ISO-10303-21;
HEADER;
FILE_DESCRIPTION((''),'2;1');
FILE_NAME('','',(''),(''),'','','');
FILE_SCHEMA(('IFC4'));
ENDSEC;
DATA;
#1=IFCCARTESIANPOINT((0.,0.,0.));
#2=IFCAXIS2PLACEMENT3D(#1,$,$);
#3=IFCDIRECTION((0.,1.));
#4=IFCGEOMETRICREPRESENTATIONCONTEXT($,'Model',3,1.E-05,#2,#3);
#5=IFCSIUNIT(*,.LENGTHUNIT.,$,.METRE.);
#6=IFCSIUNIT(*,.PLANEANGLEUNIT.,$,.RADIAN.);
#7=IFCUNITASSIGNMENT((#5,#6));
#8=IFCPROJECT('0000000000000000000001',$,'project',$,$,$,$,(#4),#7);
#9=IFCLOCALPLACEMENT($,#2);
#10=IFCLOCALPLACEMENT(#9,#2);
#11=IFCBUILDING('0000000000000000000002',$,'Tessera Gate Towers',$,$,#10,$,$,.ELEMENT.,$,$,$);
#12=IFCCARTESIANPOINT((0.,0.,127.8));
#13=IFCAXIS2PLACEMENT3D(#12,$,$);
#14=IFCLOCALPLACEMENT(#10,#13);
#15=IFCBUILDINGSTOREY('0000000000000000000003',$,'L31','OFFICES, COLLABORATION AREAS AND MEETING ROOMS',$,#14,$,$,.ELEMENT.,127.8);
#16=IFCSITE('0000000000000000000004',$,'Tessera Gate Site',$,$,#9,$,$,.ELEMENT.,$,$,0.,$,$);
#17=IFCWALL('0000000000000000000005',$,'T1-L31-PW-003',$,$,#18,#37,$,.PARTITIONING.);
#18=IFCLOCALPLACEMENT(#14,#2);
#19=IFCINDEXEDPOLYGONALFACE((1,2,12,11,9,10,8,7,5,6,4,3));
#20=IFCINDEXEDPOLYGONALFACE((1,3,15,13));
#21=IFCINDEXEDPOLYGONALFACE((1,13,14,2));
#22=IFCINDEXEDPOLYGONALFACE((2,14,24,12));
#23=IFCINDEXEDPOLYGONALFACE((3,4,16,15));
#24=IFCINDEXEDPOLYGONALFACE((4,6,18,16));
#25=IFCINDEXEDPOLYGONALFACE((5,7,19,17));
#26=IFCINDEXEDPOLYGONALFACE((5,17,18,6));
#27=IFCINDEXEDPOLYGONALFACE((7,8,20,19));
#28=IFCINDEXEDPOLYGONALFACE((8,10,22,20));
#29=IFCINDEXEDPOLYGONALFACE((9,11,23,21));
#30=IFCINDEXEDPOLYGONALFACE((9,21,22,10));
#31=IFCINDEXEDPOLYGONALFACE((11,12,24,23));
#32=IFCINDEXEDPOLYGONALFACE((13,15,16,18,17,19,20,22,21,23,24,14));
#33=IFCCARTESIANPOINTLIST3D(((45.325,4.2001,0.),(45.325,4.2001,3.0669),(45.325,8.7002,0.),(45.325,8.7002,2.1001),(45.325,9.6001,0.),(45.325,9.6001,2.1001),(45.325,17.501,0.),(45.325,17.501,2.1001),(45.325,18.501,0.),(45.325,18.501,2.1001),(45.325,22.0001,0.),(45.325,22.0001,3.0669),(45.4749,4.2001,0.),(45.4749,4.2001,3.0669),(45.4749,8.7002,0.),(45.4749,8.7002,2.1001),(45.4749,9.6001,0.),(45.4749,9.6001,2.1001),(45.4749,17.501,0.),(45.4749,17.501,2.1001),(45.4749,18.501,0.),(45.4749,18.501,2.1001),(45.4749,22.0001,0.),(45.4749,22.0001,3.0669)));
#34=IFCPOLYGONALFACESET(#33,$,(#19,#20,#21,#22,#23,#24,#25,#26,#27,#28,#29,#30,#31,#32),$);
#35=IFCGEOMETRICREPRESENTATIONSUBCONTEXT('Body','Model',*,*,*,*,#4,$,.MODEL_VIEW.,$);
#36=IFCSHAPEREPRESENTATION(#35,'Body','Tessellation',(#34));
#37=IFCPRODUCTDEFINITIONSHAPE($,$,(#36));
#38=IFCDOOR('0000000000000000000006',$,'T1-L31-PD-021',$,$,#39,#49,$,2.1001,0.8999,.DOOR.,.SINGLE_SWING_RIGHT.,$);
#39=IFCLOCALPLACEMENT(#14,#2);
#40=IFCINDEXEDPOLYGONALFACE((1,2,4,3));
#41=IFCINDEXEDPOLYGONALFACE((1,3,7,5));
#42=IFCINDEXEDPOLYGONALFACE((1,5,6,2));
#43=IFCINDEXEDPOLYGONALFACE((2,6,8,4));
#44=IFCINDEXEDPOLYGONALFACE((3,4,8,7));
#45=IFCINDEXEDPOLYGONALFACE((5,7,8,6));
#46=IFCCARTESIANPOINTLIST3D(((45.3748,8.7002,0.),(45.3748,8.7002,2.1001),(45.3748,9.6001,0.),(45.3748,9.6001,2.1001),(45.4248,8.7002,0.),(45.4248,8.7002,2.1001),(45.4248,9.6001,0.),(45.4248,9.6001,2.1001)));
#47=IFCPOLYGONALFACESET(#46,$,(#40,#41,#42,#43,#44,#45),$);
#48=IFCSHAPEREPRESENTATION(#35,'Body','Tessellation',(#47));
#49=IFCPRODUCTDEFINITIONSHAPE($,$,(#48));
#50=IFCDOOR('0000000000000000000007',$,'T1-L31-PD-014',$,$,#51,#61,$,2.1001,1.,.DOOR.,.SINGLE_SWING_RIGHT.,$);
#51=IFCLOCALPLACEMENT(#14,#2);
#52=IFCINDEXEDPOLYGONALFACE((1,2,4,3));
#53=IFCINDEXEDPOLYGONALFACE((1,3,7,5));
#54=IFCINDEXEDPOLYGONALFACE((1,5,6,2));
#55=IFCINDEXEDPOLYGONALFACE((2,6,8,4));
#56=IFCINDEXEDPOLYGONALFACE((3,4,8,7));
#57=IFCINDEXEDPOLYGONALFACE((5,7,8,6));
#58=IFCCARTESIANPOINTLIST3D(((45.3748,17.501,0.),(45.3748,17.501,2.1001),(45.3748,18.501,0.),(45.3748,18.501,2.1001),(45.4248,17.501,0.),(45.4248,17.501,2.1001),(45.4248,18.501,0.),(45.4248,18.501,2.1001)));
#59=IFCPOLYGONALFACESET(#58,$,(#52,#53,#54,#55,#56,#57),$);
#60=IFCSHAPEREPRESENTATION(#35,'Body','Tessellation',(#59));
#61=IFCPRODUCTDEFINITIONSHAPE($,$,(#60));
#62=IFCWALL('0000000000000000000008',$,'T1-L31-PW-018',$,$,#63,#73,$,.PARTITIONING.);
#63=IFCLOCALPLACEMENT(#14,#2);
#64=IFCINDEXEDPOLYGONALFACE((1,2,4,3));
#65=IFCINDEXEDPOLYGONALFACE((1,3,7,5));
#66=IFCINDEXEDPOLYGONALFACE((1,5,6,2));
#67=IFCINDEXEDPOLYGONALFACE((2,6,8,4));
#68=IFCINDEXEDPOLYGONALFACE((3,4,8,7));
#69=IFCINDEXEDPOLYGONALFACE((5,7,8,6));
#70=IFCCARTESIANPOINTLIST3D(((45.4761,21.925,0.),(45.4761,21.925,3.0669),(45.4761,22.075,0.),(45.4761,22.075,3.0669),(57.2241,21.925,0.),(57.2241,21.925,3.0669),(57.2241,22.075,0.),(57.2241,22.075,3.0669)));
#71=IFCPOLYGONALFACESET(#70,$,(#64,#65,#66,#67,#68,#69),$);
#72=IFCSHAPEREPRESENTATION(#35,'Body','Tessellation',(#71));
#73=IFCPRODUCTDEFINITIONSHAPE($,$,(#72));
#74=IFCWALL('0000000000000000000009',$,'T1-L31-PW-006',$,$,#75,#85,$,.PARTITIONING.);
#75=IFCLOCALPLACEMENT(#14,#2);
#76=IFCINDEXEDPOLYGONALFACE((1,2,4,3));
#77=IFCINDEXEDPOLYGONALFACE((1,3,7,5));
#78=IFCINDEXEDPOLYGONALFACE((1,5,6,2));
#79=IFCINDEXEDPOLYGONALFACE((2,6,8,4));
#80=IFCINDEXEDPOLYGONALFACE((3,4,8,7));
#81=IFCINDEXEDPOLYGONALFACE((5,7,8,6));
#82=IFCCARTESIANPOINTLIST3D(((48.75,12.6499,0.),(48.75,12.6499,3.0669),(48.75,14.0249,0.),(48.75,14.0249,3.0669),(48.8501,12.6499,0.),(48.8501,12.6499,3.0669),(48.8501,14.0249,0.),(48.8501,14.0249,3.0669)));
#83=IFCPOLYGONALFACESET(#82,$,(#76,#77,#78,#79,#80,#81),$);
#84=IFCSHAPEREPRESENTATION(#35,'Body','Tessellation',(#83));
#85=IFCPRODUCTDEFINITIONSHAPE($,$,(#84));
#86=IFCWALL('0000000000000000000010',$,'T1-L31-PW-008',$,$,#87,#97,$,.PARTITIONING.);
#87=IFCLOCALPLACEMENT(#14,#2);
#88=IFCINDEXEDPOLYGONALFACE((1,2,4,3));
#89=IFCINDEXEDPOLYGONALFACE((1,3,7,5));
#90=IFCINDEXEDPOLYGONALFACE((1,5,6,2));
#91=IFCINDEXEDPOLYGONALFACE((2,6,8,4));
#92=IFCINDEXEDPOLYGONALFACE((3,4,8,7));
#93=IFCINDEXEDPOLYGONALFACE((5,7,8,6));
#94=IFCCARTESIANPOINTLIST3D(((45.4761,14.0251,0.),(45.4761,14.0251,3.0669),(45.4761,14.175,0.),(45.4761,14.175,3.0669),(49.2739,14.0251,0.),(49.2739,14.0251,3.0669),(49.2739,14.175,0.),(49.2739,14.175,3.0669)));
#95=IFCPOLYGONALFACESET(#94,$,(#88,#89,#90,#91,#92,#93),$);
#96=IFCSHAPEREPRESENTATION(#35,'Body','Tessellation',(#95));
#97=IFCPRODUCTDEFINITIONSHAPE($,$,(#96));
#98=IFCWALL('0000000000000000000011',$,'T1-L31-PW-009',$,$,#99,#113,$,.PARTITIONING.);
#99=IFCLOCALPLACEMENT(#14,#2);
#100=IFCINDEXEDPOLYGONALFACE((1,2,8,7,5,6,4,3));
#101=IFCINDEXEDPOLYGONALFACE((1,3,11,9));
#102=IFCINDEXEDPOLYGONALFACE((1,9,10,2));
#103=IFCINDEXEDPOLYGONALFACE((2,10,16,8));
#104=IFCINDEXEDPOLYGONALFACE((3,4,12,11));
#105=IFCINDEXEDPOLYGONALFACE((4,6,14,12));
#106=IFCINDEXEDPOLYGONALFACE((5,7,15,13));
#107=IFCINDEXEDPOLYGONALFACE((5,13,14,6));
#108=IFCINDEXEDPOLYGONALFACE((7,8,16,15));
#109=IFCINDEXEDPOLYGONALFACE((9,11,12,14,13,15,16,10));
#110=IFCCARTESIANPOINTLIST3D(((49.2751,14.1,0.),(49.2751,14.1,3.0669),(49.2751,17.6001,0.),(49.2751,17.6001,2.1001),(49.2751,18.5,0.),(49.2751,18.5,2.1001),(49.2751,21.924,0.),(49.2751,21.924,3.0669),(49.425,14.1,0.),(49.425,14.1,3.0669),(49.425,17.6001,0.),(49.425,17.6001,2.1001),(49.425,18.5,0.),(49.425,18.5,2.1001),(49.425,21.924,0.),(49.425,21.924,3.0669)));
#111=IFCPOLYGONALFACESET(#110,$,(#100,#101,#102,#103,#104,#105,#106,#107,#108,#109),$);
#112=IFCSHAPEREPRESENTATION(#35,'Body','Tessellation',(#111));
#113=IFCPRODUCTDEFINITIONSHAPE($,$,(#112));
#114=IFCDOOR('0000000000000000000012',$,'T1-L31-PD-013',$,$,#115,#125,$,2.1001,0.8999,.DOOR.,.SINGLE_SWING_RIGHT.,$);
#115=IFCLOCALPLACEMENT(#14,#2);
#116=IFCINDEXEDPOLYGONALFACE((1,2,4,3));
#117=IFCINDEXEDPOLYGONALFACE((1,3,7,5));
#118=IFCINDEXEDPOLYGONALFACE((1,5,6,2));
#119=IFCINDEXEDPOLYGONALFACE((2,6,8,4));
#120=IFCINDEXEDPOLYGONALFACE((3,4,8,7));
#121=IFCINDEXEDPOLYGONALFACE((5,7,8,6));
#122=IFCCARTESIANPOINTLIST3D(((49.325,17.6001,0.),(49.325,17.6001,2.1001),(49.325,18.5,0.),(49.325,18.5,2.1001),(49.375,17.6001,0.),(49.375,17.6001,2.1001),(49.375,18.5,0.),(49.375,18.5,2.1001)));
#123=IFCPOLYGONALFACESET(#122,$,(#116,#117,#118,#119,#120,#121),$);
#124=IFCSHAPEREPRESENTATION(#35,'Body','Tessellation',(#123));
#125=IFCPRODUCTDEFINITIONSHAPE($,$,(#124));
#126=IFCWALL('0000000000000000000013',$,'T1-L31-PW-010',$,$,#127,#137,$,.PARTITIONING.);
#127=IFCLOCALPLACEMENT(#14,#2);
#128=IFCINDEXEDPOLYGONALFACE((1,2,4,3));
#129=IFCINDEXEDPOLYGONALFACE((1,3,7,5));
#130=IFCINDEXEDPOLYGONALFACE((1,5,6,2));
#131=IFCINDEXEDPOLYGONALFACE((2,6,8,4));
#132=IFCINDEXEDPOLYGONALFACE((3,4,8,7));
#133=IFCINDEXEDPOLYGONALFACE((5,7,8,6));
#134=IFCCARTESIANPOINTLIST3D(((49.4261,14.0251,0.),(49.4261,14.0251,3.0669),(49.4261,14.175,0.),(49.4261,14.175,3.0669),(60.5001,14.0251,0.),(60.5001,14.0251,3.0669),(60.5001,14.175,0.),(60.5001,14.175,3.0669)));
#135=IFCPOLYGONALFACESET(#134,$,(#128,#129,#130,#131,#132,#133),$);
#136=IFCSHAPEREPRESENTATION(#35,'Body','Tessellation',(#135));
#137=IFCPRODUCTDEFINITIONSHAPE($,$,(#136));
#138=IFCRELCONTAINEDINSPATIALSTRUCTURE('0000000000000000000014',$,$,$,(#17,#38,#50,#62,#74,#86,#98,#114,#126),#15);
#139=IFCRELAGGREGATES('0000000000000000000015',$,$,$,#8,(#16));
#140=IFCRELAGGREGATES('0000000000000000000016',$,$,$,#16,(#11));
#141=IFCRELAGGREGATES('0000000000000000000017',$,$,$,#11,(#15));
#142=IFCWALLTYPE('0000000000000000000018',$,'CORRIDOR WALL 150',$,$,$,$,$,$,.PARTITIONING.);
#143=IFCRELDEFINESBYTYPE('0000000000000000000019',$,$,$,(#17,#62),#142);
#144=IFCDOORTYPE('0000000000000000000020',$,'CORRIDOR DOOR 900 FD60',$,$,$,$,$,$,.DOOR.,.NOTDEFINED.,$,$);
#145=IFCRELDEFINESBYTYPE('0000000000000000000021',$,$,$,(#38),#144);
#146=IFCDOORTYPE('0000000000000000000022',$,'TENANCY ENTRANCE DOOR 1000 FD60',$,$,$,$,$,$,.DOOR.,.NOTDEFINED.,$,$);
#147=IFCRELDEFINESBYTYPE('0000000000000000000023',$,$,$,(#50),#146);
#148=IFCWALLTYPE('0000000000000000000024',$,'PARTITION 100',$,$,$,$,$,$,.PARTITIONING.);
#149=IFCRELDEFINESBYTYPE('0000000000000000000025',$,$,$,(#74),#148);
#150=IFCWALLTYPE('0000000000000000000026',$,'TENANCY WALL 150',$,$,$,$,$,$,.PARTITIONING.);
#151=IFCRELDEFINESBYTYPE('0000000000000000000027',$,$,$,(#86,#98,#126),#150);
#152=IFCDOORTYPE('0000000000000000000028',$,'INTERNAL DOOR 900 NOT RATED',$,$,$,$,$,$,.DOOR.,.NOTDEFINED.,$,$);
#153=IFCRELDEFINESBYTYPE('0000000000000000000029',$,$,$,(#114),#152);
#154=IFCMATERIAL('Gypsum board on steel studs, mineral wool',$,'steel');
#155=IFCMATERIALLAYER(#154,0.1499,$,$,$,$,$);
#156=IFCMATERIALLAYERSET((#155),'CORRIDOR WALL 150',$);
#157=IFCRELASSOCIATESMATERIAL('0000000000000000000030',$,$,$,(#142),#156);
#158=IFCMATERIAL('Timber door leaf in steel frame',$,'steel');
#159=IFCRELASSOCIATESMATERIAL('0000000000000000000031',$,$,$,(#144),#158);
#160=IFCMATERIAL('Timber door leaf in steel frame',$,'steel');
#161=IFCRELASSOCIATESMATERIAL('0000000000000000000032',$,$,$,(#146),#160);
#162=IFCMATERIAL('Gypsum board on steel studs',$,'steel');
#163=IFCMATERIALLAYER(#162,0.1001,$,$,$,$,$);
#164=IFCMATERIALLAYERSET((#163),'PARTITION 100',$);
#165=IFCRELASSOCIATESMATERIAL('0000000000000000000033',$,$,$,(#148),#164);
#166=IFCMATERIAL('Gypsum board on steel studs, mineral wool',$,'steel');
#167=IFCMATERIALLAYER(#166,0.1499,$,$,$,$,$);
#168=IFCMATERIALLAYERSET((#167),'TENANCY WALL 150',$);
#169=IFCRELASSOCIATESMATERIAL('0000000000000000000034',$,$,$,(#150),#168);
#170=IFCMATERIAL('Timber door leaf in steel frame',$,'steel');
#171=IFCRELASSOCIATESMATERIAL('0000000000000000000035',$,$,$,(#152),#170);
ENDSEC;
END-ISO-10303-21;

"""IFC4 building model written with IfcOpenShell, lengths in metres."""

from ifc_helpers import new_model, si_unit, direction, frame, frame_2d, origin, place, context, subcontext, project, spatial, rectangle, extrude, source, transform, mapped, material, layer, layer_set, type_object, element, fill, save


model = new_model("IFC4")

# Units and contexts
model_context = context("Model", 3, precision=1e-05, world=origin(), true_north=direction((0.0, 1.0)))
body_context = subcontext(model_context, "Body", "Model", "MODEL_VIEW")
ifc_project = project(units=[si_unit("LENGTHUNIT", "METRE"), si_unit("PLANEANGLEUNIT", "RADIAN")], contexts=[model_context])

# Site, building, storey
site_placement = place(None, origin())
site = spatial("IfcSite", under=ifc_project, at=site_placement, Name="Tessera Gate Site", CompositionType="ELEMENT", RefElevation=0.0)
building_placement = place(site_placement, origin())
building = spatial("IfcBuilding", under=site, at=building_placement, Name="Tessera Gate Towers", CompositionType="ELEMENT")
storey_placement = place(building_placement, frame((0.0, 0.0, 127.8)))
storey = spatial("IfcBuildingStorey", under=building, at=storey_placement, Name="L31", Description="OFFICES, COLLABORATION AREAS AND MEETING ROOMS", CompositionType="ELEMENT", Elevation=127.8)

# Shared definitions
shared_shape_1 = source(origin(), body_context, "Body", "SweptSolid", [
    extrude(rectangle(XDim=0.8999, YDim=2.1001, at=frame_2d((0.45, 1.05))), frame((0.0, 0.0249, 0.0), z_axis=(0.0, -1.0, 0.0), x_axis=(1.0, 0.0, 0.0)), (0.0, 0.0, 1.0), 0.05),
])

# Wall, openings, doors
ifc_material_1 = material(Name="Gypsum board on steel studs, mineral wool", Category="steel")
ifc_layer_1 = layer(ifc_material_1, 0.1499)
ifc_layer_set_1 = layer_set([ifc_layer_1], Name="CORRIDOR WALL 150")
wall_type_1 = type_object("IfcWallType", Name="CORRIDOR WALL 150", PredefinedType="PARTITIONING", material=ifc_layer_set_1)
wall_1_placement = place(storey_placement, frame((45.3999, 22.0, 0.0), z_axis=(0.0, 0.0, 1.0), x_axis=(0.0, -1.0, 0.0)))
wall_1 = element("IfcWall", 1, at=wall_1_placement, inside=storey, type_object=wall_type_1, Name="T1-L31-PW-003", PredefinedType="PARTITIONING", context=body_context, shape_type="SweptSolid", body=[
    extrude(rectangle(XDim=17.8, YDim=0.1499, at=frame_2d((8.8999, 0.0))), origin(), (0.0, 0.0, 1.0), 3.0669),
])
shared_shape_2 = source(origin(), body_context, "Body", "SweptSolid", [
    extrude(rectangle(XDim=1.0, YDim=2.1001, at=frame_2d((0.5, 1.05))), frame((0.0, 0.085, 0.0), z_axis=(0.0, -1.0, 0.0), x_axis=(1.0, 0.0, 0.0)), (0.0, 0.0, 1.0), 0.1699),
])
opening_1_placement = place(wall_1_placement, frame((3.499, 0.0, 0.0)))
opening_1 = element("IfcOpeningElement", 2, at=opening_1_placement, cuts=wall_1, PredefinedType="OPENING", context=body_context, shape_type="MappedRepresentation", body=[
    mapped(shared_shape_2, transform((0.0, 0.0, 0.0), scale=1.0)),
])
shared_shape_3 = source(origin(), body_context, "Body", "SweptSolid", [
    extrude(rectangle(XDim=0.8999, YDim=2.1001, at=frame_2d((0.45, 1.05))), frame((0.0, 0.085, 0.0), z_axis=(0.0, -1.0, 0.0), x_axis=(1.0, 0.0, 0.0)), (0.0, 0.0, 1.0), 0.1699),
])
opening_2_placement = place(wall_1_placement, frame((12.3999, 0.0, 0.0)))
opening_2 = element("IfcOpeningElement", 3, at=opening_2_placement, cuts=wall_1, PredefinedType="OPENING", context=body_context, shape_type="MappedRepresentation", body=[
    mapped(shared_shape_3, transform((0.0, 0.0, 0.0), scale=1.0)),
])
ifc_material_2 = material(Name="Timber door leaf in steel frame", Category="steel")
door_type_1 = type_object("IfcDoorType", Name="CORRIDOR DOOR 900 FD60", OperationType="NOTDEFINED", PredefinedType="DOOR", material=ifc_material_2)
door_1_placement = place(opening_2_placement, origin())
door_1 = element("IfcDoor", 4, at=door_1_placement, inside=storey, type_object=door_type_1, Name="T1-L31-PD-021", OperationType="SINGLE_SWING_RIGHT", OverallHeight=2.1001, OverallWidth=0.8999, PredefinedType="DOOR", context=body_context, shape_type="MappedRepresentation", body=[
    mapped(shared_shape_1, transform((0.0, 0.0, 0.0), scale=1.0)),
])
fill(opening_2, door_1)
ifc_material_3 = material(Name="Timber door leaf in steel frame", Category="steel")
door_type_2 = type_object("IfcDoorType", Name="TENANCY ENTRANCE DOOR 1000 FD60", OperationType="NOTDEFINED", PredefinedType="DOOR", material=ifc_material_3)
shared_shape_4 = source(origin(), body_context, "Body", "SweptSolid", [
    extrude(rectangle(XDim=1.0, YDim=2.1001, at=frame_2d((0.5, 1.05))), frame((0.0, 0.0249, 0.0), z_axis=(0.0, -1.0, 0.0), x_axis=(1.0, 0.0, 0.0)), (0.0, 0.0, 1.0), 0.05),
])
door_2_placement = place(opening_1_placement, origin())
door_2 = element("IfcDoor", 5, at=door_2_placement, inside=storey, type_object=door_type_2, Name="T1-L31-PD-014", OperationType="SINGLE_SWING_RIGHT", OverallHeight=2.1001, OverallWidth=1.0, PredefinedType="DOOR", context=body_context, shape_type="MappedRepresentation", body=[
    mapped(shared_shape_4, transform((0.0, 0.0, 0.0), scale=1.0)),
])
fill(opening_1, door_2)

# Walls
wall_2_placement = place(storey_placement, frame((45.4761, 22.0, 0.0), z_axis=(0.0, 0.0, 1.0), x_axis=(1.0, 0.0, 0.0)))
element("IfcWall", 6, at=wall_2_placement, inside=storey, type_object=wall_type_1, Name="T1-L31-PW-018", PredefinedType="PARTITIONING", context=body_context, shape_type="SweptSolid", body=[
    extrude(rectangle(XDim=11.748, YDim=0.1499, at=frame_2d((5.874, 0.0))), origin(), (0.0, 0.0, 1.0), 3.0669),
])
ifc_material_4 = material(Name="Gypsum board on steel studs", Category="steel")
ifc_layer_2 = layer(ifc_material_4, 0.1001)
ifc_layer_set_2 = layer_set([ifc_layer_2], Name="PARTITION 100")
wall_type_2 = type_object("IfcWallType", Name="PARTITION 100", PredefinedType="PARTITIONING", material=ifc_layer_set_2)
wall_3_placement = place(storey_placement, frame((48.8, 12.6499, 0.0), z_axis=(0.0, 0.0, 1.0), x_axis=(0.0, 1.0, 0.0)))
element("IfcWall", 7, at=wall_3_placement, inside=storey, type_object=wall_type_2, Name="T1-L31-PW-006", PredefinedType="PARTITIONING", context=body_context, shape_type="SweptSolid", body=[
    extrude(rectangle(XDim=1.375, YDim=0.1001, at=frame_2d((0.6875, 0.0))), origin(), (0.0, 0.0, 1.0), 3.0669),
])
ifc_material_5 = material(Name="Gypsum board on steel studs, mineral wool", Category="steel")
ifc_layer_3 = layer(ifc_material_5, 0.1499)
ifc_layer_set_3 = layer_set([ifc_layer_3], Name="TENANCY WALL 150")
wall_type_3 = type_object("IfcWallType", Name="TENANCY WALL 150", PredefinedType="PARTITIONING", material=ifc_layer_set_3)
wall_4_placement = place(storey_placement, frame((45.4761, 14.1001, 0.0), z_axis=(0.0, 0.0, 1.0), x_axis=(1.0, 0.0, 0.0)))
element("IfcWall", 8, at=wall_4_placement, inside=storey, type_object=wall_type_3, Name="T1-L31-PW-008", PredefinedType="PARTITIONING", context=body_context, shape_type="SweptSolid", body=[
    extrude(rectangle(XDim=3.7979, YDim=0.1499, at=frame_2d((1.8989, 0.0))), origin(), (0.0, 0.0, 1.0), 3.0669),
])

# Wall, opening, door
wall_5_placement = place(storey_placement, frame((49.3501, 21.9241, 0.0), z_axis=(0.0, 0.0, 1.0), x_axis=(0.0, -1.0, 0.0)))
wall_5 = element("IfcWall", 9, at=wall_5_placement, inside=storey, type_object=wall_type_3, Name="T1-L31-PW-009", PredefinedType="PARTITIONING", context=body_context, shape_type="SweptSolid", body=[
    extrude(rectangle(XDim=7.824, YDim=0.1499, at=frame_2d((3.9121, 0.0))), origin(), (0.0, 0.0, 1.0), 3.0669),
])
opening_3_placement = place(wall_5_placement, frame((3.4241, 0.0, 0.0)))
opening_3 = element("IfcOpeningElement", 10, at=opening_3_placement, cuts=wall_5, PredefinedType="OPENING", context=body_context, shape_type="MappedRepresentation", body=[
    mapped(shared_shape_3, transform((0.0, 0.0, 0.0), scale=1.0)),
])
ifc_material_6 = material(Name="Timber door leaf in steel frame", Category="steel")
door_type_3 = type_object("IfcDoorType", Name="INTERNAL DOOR 900 NOT RATED", OperationType="NOTDEFINED", PredefinedType="DOOR", material=ifc_material_6)
door_3_placement = place(opening_3_placement, origin())
door_3 = element("IfcDoor", 11, at=door_3_placement, inside=storey, type_object=door_type_3, Name="T1-L31-PD-013", OperationType="SINGLE_SWING_RIGHT", OverallHeight=2.1001, OverallWidth=0.8999, PredefinedType="DOOR", context=body_context, shape_type="MappedRepresentation", body=[
    mapped(shared_shape_1, transform((0.0, 0.0, 0.0), scale=1.0)),
])
fill(opening_3, door_3)

# Wall
wall_6_placement = place(storey_placement, frame((49.426, 14.1001, 0.0), z_axis=(0.0, 0.0, 1.0), x_axis=(1.0, 0.0, 0.0)))
element("IfcWall", 12, at=wall_6_placement, inside=storey, type_object=wall_type_3, Name="T1-L31-PW-010", PredefinedType="PARTITIONING", context=body_context, shape_type="SweptSolid", body=[
    extrude(rectangle(XDim=11.074, YDim=0.1499, at=frame_2d((5.5371, 0.0))), origin(), (0.0, 0.0, 1.0), 3.0669),
])

save(model, "model.ifc")
